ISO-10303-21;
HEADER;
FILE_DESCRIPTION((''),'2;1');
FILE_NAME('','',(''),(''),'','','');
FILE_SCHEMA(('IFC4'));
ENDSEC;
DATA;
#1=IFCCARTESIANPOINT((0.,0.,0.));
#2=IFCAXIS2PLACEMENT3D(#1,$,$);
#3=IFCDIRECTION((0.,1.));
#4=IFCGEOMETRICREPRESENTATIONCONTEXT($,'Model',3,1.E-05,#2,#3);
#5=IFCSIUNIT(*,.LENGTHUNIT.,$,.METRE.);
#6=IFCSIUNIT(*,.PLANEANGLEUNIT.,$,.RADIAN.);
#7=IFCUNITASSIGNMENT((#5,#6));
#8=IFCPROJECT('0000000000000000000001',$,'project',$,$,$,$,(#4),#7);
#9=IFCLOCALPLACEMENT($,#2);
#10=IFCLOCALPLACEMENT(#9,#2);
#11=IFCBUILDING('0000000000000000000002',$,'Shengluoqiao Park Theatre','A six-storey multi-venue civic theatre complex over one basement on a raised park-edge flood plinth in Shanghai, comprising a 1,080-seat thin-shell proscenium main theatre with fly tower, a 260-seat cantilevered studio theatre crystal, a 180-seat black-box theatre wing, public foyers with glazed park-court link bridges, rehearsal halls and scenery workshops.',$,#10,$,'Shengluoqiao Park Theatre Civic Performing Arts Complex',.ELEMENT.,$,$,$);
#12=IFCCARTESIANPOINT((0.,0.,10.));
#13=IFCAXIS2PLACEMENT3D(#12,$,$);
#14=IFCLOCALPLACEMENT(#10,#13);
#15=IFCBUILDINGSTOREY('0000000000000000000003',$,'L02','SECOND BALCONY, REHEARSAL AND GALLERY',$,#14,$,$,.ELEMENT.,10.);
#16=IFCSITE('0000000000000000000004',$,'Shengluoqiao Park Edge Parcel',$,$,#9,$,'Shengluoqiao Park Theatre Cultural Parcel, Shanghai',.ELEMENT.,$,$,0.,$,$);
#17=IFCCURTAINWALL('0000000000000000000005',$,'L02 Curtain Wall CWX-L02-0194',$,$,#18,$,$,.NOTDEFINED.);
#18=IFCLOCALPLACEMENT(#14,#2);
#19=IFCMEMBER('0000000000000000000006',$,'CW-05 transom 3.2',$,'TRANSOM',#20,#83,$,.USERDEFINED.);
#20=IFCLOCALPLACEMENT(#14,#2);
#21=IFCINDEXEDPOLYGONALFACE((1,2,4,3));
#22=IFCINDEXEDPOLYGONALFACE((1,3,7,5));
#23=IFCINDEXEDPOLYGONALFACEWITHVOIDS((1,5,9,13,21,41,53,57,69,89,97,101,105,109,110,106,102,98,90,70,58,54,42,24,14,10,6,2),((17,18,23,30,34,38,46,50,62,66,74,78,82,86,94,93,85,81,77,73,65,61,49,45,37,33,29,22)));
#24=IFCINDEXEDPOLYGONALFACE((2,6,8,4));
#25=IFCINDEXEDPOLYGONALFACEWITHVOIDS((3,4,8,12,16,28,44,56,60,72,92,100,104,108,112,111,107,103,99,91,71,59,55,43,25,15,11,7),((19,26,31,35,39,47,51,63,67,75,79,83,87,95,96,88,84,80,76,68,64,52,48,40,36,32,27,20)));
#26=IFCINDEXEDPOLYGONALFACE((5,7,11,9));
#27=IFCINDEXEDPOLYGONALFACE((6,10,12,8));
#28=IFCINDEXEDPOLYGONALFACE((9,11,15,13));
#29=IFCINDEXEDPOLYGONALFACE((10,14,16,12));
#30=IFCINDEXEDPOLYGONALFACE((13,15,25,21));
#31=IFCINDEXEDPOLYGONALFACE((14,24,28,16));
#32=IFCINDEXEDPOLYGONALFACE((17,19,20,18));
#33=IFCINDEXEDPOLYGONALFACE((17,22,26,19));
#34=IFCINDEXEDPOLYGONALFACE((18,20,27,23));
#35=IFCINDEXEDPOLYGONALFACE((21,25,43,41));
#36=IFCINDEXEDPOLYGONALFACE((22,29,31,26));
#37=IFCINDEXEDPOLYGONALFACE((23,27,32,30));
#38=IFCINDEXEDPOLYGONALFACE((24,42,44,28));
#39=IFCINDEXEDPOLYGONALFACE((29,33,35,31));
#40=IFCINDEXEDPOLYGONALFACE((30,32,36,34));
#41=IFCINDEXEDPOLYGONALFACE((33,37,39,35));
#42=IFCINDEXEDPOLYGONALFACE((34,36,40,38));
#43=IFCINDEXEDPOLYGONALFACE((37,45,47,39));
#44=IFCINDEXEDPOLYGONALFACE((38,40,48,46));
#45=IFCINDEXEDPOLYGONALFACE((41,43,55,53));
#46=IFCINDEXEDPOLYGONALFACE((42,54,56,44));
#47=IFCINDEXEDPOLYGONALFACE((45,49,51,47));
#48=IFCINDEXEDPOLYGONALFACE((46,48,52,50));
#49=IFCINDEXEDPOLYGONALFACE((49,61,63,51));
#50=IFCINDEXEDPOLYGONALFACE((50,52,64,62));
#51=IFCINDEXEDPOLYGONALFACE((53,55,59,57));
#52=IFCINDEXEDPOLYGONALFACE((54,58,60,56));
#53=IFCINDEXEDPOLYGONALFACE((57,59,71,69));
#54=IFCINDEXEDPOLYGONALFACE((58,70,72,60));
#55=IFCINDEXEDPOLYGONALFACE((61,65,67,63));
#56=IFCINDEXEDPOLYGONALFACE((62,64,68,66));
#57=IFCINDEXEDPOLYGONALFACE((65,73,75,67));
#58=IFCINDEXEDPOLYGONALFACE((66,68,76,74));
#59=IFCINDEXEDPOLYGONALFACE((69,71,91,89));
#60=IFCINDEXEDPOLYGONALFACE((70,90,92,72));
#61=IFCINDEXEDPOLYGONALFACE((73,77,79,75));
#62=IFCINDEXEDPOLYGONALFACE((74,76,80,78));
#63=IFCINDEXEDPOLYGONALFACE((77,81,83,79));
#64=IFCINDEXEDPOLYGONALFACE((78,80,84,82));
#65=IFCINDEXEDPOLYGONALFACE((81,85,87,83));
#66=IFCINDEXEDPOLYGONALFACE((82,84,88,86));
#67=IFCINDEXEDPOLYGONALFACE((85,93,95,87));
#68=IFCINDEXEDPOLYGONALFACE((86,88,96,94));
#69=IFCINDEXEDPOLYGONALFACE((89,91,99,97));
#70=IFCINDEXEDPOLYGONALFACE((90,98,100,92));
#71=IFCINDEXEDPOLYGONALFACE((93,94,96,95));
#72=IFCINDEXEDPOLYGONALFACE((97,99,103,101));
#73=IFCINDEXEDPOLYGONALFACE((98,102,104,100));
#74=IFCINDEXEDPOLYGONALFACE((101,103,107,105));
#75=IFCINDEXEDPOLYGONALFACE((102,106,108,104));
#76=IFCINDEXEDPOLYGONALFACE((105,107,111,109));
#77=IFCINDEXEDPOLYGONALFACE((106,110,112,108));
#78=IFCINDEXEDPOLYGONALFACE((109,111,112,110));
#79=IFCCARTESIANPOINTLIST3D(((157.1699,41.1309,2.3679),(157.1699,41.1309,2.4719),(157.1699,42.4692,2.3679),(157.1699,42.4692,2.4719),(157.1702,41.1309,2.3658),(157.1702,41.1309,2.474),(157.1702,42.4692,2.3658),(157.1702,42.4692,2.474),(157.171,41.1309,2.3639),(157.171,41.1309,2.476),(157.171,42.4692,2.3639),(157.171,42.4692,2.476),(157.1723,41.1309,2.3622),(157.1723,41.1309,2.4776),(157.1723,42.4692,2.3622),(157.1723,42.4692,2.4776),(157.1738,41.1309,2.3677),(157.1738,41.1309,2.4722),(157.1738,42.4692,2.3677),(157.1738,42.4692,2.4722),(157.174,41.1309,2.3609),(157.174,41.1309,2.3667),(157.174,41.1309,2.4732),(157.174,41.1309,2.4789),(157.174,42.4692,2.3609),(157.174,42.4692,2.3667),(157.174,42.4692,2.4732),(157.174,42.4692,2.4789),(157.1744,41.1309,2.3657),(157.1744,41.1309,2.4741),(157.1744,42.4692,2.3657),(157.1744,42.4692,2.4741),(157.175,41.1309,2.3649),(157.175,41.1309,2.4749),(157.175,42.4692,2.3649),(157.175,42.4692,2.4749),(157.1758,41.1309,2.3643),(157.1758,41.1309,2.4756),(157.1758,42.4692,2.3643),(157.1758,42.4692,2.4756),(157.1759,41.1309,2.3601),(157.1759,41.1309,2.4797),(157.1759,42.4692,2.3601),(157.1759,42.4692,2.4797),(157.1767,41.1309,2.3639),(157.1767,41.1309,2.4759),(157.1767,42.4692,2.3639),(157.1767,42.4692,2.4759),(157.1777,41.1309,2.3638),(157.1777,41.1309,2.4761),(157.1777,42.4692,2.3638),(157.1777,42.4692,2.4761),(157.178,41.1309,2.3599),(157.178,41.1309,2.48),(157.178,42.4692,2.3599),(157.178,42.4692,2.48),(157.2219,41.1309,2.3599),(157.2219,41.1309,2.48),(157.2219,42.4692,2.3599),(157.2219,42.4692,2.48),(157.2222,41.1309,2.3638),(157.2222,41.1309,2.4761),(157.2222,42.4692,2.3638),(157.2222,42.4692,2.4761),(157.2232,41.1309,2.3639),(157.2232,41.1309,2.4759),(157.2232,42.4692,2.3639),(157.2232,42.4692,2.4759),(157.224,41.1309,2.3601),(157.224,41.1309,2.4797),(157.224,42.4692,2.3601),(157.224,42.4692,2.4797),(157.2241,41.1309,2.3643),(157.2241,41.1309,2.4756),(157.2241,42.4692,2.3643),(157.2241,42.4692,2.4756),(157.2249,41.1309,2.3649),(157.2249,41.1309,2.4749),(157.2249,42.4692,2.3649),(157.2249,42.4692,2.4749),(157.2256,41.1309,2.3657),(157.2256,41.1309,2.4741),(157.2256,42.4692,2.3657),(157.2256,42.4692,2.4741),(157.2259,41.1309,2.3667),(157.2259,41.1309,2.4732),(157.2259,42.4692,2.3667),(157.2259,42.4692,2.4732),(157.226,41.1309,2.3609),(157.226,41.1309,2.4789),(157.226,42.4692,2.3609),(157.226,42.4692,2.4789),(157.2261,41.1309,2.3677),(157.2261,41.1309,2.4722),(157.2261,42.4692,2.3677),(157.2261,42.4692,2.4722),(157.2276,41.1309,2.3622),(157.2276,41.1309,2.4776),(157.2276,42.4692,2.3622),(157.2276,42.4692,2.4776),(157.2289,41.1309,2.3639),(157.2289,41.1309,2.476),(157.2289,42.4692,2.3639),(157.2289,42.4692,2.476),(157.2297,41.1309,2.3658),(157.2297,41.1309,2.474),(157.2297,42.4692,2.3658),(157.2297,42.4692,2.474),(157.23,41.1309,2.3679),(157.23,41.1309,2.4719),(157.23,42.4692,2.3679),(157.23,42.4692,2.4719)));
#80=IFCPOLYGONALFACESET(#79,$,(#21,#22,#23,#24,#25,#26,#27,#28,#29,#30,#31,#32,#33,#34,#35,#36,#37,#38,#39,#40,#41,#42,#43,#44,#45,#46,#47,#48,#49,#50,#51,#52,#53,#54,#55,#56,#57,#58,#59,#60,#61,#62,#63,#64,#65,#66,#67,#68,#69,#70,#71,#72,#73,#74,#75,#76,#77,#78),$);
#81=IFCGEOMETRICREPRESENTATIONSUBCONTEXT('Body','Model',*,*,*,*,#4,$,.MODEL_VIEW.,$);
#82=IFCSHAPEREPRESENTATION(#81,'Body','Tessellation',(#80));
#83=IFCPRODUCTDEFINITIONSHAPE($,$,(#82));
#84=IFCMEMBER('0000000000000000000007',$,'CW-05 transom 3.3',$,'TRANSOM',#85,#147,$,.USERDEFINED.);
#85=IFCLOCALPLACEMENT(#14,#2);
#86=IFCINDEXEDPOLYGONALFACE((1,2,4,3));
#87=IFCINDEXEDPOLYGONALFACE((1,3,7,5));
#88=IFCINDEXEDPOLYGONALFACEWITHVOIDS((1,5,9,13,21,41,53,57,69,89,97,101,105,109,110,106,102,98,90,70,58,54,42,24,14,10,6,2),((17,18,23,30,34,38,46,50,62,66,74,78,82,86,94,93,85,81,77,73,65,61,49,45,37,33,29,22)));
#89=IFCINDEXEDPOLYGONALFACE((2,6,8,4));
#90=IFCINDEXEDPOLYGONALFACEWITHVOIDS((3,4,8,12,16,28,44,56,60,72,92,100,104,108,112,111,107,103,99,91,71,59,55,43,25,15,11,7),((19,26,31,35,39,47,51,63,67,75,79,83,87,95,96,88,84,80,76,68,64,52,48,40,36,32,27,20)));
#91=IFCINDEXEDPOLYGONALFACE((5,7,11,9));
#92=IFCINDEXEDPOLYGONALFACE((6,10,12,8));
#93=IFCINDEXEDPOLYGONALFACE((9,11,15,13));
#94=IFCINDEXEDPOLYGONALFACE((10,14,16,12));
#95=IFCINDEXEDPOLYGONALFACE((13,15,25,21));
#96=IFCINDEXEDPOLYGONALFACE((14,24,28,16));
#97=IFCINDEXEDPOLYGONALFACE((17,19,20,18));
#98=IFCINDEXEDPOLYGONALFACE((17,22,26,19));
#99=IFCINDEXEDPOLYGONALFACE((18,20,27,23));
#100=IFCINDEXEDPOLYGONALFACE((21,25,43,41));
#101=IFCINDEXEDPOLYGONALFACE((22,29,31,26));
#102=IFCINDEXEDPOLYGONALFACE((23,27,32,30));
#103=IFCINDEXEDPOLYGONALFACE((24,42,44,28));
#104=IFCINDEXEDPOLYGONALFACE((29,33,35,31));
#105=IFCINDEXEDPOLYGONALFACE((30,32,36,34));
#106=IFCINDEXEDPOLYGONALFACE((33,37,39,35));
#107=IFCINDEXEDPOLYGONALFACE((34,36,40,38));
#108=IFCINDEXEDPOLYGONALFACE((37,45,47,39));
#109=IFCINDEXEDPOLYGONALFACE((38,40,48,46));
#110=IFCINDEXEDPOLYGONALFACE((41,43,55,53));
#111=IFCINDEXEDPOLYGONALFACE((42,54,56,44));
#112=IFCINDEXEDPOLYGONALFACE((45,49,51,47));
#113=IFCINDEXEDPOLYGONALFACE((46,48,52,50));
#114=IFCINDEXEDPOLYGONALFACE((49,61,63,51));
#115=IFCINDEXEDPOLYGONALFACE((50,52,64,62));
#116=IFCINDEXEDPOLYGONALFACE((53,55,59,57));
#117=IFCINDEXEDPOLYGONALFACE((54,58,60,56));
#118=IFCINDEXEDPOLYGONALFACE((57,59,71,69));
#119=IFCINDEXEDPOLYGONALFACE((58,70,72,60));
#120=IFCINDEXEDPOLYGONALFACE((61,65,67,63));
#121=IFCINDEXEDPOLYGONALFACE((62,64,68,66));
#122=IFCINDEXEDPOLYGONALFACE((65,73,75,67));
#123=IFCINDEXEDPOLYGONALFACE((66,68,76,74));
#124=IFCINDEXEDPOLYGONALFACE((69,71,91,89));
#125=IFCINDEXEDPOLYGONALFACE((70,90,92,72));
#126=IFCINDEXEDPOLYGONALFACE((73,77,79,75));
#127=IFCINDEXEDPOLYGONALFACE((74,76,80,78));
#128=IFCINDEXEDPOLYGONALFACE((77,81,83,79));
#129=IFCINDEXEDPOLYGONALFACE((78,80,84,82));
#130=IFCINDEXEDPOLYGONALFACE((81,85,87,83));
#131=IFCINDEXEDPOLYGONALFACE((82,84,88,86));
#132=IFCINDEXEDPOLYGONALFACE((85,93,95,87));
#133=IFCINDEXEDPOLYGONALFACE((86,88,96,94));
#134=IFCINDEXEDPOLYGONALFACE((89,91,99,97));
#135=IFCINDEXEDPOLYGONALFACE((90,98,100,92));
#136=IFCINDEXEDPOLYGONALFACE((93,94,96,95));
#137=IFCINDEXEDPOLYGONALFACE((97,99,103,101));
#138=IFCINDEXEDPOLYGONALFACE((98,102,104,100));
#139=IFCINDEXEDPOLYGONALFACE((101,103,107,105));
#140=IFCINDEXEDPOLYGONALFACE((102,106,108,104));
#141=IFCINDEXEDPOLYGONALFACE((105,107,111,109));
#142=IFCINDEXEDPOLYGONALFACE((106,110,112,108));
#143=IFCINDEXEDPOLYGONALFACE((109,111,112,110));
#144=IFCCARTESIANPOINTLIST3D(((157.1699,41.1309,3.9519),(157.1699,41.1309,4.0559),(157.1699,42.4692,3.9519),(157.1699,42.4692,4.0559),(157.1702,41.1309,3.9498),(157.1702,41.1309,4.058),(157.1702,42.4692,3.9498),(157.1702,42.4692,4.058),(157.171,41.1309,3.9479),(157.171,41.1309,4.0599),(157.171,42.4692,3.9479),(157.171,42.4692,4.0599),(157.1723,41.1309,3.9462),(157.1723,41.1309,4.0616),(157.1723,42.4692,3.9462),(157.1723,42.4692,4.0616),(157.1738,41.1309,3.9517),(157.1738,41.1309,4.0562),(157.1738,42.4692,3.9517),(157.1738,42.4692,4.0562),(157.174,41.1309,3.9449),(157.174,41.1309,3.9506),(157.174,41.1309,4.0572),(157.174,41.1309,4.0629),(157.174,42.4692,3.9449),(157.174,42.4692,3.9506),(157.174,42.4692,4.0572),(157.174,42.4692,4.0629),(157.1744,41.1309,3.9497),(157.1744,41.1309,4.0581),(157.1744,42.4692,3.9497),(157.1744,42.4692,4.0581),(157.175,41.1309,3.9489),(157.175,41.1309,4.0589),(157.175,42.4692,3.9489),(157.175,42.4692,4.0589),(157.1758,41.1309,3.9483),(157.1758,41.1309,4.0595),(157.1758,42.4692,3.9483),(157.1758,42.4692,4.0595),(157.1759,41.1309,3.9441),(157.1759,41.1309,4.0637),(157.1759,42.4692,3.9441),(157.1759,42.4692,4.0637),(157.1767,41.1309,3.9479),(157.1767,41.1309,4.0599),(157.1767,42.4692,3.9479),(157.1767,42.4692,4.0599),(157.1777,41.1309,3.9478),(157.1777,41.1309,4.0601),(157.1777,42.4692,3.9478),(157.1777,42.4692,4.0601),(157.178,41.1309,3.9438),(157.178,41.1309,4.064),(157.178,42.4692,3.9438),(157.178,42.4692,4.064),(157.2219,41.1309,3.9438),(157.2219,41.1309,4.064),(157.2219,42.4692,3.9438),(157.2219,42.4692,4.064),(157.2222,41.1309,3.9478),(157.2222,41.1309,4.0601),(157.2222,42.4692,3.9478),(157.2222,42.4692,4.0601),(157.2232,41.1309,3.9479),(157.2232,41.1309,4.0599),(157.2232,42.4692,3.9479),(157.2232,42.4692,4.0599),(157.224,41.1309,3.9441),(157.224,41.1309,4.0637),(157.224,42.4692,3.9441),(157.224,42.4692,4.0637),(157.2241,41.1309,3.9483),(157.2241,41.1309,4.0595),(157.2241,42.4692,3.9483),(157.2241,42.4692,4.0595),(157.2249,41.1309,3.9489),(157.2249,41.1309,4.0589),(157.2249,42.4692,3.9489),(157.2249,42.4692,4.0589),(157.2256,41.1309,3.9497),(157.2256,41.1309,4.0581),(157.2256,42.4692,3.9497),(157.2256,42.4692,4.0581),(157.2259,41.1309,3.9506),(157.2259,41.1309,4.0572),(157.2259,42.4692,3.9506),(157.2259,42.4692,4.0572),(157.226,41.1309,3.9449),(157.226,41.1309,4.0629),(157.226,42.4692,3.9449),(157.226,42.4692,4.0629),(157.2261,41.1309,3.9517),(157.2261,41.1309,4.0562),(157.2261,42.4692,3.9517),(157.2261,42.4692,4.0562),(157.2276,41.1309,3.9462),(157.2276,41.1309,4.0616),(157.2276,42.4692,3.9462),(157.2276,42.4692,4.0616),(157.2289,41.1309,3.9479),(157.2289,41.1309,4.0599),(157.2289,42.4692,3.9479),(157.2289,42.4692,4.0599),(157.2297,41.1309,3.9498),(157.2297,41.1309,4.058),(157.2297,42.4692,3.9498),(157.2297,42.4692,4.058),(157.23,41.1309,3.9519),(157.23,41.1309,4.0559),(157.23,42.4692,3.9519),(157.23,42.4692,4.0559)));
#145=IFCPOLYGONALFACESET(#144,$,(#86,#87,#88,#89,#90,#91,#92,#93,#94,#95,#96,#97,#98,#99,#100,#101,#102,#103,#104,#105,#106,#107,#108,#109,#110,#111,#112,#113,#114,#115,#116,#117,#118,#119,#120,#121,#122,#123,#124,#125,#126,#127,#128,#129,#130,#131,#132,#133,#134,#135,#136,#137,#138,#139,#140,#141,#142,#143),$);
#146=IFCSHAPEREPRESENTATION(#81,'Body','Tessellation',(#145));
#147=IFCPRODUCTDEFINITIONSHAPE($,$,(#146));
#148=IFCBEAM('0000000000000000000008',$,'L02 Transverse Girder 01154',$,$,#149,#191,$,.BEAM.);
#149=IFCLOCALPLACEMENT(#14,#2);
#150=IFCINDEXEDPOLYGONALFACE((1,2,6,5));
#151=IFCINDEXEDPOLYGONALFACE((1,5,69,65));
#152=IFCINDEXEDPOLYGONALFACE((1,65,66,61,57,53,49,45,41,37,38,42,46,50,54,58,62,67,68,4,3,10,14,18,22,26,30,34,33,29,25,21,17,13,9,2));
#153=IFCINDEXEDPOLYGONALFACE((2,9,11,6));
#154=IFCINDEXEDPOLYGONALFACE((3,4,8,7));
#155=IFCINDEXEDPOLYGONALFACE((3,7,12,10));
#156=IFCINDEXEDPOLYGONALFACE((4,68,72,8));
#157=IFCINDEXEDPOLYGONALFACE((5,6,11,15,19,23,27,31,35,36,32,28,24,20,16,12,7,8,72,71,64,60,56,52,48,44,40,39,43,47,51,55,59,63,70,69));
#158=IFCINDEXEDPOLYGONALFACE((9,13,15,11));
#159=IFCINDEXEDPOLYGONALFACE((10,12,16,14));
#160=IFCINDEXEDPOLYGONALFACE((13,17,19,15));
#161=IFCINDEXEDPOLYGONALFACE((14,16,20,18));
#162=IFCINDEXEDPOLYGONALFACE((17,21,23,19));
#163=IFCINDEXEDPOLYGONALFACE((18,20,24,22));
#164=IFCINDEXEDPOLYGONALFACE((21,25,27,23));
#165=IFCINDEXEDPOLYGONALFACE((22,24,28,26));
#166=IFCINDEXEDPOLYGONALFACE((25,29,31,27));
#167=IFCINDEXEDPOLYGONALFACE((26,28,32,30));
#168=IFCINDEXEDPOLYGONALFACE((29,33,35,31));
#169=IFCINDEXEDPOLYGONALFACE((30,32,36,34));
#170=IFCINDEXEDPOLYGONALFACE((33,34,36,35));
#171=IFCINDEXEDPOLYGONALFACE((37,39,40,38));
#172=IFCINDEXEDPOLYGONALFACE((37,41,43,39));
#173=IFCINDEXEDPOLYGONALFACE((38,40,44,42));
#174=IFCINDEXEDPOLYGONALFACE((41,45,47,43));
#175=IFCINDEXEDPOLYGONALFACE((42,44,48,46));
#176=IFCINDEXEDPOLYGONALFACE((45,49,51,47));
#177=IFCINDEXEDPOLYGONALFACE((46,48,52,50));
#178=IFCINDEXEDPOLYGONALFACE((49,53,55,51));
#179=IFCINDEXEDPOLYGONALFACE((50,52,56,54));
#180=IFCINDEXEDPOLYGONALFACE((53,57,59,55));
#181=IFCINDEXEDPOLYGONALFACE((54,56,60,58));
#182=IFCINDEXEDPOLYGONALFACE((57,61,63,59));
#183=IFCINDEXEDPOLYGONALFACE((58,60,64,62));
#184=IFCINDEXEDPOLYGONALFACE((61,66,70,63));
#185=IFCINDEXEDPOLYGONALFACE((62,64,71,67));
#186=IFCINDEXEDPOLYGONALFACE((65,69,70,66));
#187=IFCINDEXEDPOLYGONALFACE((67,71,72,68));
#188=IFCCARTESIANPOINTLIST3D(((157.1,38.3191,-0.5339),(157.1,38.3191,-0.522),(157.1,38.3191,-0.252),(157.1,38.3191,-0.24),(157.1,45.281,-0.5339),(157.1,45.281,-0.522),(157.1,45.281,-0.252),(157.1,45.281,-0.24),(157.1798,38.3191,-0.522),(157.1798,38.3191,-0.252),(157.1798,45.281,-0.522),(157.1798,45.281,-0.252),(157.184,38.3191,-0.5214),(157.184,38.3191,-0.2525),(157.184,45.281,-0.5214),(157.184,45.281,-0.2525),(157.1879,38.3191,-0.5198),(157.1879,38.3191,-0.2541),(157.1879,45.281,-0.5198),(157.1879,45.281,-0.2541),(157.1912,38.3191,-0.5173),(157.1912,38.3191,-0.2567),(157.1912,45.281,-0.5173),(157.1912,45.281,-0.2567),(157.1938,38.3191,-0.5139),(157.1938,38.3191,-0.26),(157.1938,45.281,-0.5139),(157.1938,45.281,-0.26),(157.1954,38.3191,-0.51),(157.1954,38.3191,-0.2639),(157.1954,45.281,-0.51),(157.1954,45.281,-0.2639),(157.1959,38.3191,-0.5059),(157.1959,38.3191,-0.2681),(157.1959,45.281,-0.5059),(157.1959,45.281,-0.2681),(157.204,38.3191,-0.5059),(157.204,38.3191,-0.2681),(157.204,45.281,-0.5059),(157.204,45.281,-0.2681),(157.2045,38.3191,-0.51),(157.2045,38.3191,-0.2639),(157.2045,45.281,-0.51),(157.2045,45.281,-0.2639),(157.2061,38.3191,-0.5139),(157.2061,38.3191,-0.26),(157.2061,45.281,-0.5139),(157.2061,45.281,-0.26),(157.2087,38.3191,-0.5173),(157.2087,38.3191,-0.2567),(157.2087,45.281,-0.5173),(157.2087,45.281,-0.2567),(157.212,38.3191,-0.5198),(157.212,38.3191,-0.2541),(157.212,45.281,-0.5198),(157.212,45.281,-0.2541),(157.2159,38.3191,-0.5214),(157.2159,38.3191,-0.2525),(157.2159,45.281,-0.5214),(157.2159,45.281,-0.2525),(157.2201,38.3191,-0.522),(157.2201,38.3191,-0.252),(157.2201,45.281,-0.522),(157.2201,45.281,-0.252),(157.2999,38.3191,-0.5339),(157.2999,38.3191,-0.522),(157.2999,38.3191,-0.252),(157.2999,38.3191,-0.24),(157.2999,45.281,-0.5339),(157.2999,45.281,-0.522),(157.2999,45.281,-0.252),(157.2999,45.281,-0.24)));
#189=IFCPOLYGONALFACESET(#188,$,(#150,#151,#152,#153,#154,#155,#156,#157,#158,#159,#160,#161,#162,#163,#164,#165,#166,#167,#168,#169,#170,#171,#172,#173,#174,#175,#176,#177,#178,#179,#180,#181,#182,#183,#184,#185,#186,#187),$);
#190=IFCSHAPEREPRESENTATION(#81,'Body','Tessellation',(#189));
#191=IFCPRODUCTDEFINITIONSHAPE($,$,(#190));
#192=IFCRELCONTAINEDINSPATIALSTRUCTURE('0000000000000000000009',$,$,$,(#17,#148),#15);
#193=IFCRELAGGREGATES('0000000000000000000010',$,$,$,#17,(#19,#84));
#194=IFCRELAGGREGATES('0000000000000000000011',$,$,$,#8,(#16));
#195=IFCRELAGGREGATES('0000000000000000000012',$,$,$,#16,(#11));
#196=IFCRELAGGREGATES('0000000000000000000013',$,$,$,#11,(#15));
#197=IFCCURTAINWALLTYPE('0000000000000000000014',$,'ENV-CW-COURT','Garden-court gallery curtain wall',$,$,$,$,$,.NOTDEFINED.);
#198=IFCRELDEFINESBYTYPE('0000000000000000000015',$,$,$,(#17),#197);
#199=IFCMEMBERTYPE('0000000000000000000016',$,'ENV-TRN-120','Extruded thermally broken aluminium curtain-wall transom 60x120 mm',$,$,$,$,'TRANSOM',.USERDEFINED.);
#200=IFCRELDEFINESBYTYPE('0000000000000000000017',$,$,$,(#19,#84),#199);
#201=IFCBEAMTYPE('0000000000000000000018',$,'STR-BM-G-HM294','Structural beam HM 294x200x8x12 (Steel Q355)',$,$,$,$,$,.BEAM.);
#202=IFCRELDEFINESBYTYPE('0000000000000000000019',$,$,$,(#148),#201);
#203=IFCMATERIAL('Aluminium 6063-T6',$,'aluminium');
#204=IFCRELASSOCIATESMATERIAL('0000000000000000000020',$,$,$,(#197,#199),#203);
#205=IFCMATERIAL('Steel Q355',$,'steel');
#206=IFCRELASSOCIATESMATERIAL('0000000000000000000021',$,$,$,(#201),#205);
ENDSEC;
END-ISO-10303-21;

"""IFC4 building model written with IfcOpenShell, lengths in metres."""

from ifc_helpers import new_model, si_unit, direction, frame, origin, origin_2d, place, context, subcontext, project, spatial, hollow_rectangle, i_section, extrude, material, material_profile, profile_set, type_object, element, aggregate, save


model = new_model("IFC4")

# Units and contexts
model_context = context("Model", 3, precision=1e-05, world=origin(), true_north=direction((0.0, 1.0)))
body_context = subcontext(model_context, "Body", "Model", "MODEL_VIEW")
ifc_project = project(units=[si_unit("LENGTHUNIT", "METRE"), si_unit("PLANEANGLEUNIT", "RADIAN")], contexts=[model_context])

# Site, building, storey
site_placement = place(None, origin())
site = spatial("IfcSite", under=ifc_project, at=site_placement, Name="Shengluoqiao Park Edge Parcel", LongName="Shengluoqiao Park Theatre Cultural Parcel, Shanghai", CompositionType="ELEMENT", RefElevation=0.0)
building_placement = place(site_placement, origin())
building = spatial("IfcBuilding", under=site, at=building_placement, Name="Shengluoqiao Park Theatre", Description="A six-storey multi-venue civic theatre complex over one basement on a raised park-edge flood plinth in Shanghai, comprising a 1,080-seat thin-shell proscenium main theatre with fly tower, a 260-seat cantilevered studio theatre crystal, a 180-seat black-box theatre wing, public foyers with glazed park-court link bridges, rehearsal halls and scenery workshops.", LongName="Shengluoqiao Park Theatre Civic Performing Arts Complex", CompositionType="ELEMENT")
storey_placement = place(building_placement, frame((0.0, 0.0, 10.0)))
storey = spatial("IfcBuildingStorey", under=building, at=storey_placement, Name="L02", Description="SECOND BALCONY, REHEARSAL AND GALLERY", CompositionType="ELEMENT", Elevation=10.0)

# Curtain wall, members
ifc_material_1 = material(Name="Aluminium 6063-T6", Category="aluminium")
curtain_wall_type = type_object("IfcCurtainWallType", Name="ENV-CW-COURT", Description="Garden-court gallery curtain wall", PredefinedType="NOTDEFINED", material=ifc_material_1)
curtain_wall_placement = place(storey_placement, origin())
curtain_wall = element("IfcCurtainWall", 1, at=curtain_wall_placement, inside=storey, type_object=curtain_wall_type, Name="L02 Curtain Wall CWX-L02-0194", PredefinedType="NOTDEFINED")
ifc_material_profile_1 = material_profile(ifc_material_1, hollow_rectangle(XDim=0.0601, YDim=0.1201, WallThickness=0.0039, InnerFilletRadius=0.0039, OuterFilletRadius=0.0081, at=origin_2d()), Name="ALU TRANSOM 120x60x4")
ifc_profile_set_1 = profile_set([ifc_material_profile_1], Name="Aluminium 6063-T6")
member_type_1 = type_object("IfcMemberType", Name="ENV-TRN-120", Description="Extruded thermally broken aluminium curtain-wall transom 60x120 mm", ElementType="TRANSOM", PredefinedType="USERDEFINED", material=ifc_profile_set_1)
member_1_placement = place(storey_placement, frame((157.2, 41.1309, 2.4199), z_axis=(0.0, 1.0, 0.0), x_axis=(-1.0, 0.0, 0.0)))
member_1 = element("IfcMember", 2, at=member_1_placement, type_object=member_type_1, Name="CW-05 transom 3.2", ObjectType="TRANSOM", PredefinedType="USERDEFINED", context=body_context, shape_type="SweptSolid", body=[
    extrude(hollow_rectangle(XDim=0.0601, YDim=0.1201, WallThickness=0.0039, InnerFilletRadius=0.0039, OuterFilletRadius=0.0081, at=origin_2d()), origin(), (0.0, 0.0, 1.0), 1.3384),
])
member_2_placement = place(storey_placement, frame((157.2, 41.1309, 4.0039), z_axis=(0.0, 1.0, 0.0), x_axis=(-1.0, 0.0, 0.0)))
member_2 = element("IfcMember", 3, at=member_2_placement, type_object=member_type_1, Name="CW-05 transom 3.3", ObjectType="TRANSOM", PredefinedType="USERDEFINED", context=body_context, shape_type="SweptSolid", body=[
    extrude(hollow_rectangle(XDim=0.0601, YDim=0.1201, WallThickness=0.0039, InnerFilletRadius=0.0039, OuterFilletRadius=0.0081, at=origin_2d()), origin(), (0.0, 0.0, 1.0), 1.3384),
])

# Beam
ifc_material_2 = material(Name="Steel Q355", Category="steel")
ifc_material_profile_2 = material_profile(ifc_material_2, i_section(OverallWidth=0.2, OverallDepth=0.2939, WebThickness=0.0081, FlangeThickness=0.012, FilletRadius=0.0161, at=origin_2d()), Name="HM 294x200x8x12")
ifc_profile_set_2 = profile_set([ifc_material_profile_2], Name="Steel Q355")
beam_type_1 = type_object("IfcBeamType", Name="STR-BM-G-HM294", Description="Structural beam HM 294x200x8x12 (Steel Q355)", PredefinedType="BEAM", material=ifc_profile_set_2)
for number, where, z_axis, x_axis, name in (
    (4, (157.2, 38.3191, -0.387), (0.0, 1.0, 0.0), (-1.0, 0.0, 0.0), "L02 Transverse Girder 01154"),
):
    element("IfcBeam", number, at=place(storey_placement, frame(where, z_axis=z_axis, x_axis=x_axis)), inside=storey, type_object=beam_type_1, Name=name, PredefinedType="BEAM", context=body_context, shape_type="SweptSolid", body=[
        extrude(i_section(OverallWidth=0.2, OverallDepth=0.2939, WebThickness=0.0081, FlangeThickness=0.012, FilletRadius=0.0161, at=origin_2d()), origin(), (0.0, 0.0, 1.0), 6.9619),
    ])

aggregate(curtain_wall, [member_1, member_2])

save(model, "model.ifc")
